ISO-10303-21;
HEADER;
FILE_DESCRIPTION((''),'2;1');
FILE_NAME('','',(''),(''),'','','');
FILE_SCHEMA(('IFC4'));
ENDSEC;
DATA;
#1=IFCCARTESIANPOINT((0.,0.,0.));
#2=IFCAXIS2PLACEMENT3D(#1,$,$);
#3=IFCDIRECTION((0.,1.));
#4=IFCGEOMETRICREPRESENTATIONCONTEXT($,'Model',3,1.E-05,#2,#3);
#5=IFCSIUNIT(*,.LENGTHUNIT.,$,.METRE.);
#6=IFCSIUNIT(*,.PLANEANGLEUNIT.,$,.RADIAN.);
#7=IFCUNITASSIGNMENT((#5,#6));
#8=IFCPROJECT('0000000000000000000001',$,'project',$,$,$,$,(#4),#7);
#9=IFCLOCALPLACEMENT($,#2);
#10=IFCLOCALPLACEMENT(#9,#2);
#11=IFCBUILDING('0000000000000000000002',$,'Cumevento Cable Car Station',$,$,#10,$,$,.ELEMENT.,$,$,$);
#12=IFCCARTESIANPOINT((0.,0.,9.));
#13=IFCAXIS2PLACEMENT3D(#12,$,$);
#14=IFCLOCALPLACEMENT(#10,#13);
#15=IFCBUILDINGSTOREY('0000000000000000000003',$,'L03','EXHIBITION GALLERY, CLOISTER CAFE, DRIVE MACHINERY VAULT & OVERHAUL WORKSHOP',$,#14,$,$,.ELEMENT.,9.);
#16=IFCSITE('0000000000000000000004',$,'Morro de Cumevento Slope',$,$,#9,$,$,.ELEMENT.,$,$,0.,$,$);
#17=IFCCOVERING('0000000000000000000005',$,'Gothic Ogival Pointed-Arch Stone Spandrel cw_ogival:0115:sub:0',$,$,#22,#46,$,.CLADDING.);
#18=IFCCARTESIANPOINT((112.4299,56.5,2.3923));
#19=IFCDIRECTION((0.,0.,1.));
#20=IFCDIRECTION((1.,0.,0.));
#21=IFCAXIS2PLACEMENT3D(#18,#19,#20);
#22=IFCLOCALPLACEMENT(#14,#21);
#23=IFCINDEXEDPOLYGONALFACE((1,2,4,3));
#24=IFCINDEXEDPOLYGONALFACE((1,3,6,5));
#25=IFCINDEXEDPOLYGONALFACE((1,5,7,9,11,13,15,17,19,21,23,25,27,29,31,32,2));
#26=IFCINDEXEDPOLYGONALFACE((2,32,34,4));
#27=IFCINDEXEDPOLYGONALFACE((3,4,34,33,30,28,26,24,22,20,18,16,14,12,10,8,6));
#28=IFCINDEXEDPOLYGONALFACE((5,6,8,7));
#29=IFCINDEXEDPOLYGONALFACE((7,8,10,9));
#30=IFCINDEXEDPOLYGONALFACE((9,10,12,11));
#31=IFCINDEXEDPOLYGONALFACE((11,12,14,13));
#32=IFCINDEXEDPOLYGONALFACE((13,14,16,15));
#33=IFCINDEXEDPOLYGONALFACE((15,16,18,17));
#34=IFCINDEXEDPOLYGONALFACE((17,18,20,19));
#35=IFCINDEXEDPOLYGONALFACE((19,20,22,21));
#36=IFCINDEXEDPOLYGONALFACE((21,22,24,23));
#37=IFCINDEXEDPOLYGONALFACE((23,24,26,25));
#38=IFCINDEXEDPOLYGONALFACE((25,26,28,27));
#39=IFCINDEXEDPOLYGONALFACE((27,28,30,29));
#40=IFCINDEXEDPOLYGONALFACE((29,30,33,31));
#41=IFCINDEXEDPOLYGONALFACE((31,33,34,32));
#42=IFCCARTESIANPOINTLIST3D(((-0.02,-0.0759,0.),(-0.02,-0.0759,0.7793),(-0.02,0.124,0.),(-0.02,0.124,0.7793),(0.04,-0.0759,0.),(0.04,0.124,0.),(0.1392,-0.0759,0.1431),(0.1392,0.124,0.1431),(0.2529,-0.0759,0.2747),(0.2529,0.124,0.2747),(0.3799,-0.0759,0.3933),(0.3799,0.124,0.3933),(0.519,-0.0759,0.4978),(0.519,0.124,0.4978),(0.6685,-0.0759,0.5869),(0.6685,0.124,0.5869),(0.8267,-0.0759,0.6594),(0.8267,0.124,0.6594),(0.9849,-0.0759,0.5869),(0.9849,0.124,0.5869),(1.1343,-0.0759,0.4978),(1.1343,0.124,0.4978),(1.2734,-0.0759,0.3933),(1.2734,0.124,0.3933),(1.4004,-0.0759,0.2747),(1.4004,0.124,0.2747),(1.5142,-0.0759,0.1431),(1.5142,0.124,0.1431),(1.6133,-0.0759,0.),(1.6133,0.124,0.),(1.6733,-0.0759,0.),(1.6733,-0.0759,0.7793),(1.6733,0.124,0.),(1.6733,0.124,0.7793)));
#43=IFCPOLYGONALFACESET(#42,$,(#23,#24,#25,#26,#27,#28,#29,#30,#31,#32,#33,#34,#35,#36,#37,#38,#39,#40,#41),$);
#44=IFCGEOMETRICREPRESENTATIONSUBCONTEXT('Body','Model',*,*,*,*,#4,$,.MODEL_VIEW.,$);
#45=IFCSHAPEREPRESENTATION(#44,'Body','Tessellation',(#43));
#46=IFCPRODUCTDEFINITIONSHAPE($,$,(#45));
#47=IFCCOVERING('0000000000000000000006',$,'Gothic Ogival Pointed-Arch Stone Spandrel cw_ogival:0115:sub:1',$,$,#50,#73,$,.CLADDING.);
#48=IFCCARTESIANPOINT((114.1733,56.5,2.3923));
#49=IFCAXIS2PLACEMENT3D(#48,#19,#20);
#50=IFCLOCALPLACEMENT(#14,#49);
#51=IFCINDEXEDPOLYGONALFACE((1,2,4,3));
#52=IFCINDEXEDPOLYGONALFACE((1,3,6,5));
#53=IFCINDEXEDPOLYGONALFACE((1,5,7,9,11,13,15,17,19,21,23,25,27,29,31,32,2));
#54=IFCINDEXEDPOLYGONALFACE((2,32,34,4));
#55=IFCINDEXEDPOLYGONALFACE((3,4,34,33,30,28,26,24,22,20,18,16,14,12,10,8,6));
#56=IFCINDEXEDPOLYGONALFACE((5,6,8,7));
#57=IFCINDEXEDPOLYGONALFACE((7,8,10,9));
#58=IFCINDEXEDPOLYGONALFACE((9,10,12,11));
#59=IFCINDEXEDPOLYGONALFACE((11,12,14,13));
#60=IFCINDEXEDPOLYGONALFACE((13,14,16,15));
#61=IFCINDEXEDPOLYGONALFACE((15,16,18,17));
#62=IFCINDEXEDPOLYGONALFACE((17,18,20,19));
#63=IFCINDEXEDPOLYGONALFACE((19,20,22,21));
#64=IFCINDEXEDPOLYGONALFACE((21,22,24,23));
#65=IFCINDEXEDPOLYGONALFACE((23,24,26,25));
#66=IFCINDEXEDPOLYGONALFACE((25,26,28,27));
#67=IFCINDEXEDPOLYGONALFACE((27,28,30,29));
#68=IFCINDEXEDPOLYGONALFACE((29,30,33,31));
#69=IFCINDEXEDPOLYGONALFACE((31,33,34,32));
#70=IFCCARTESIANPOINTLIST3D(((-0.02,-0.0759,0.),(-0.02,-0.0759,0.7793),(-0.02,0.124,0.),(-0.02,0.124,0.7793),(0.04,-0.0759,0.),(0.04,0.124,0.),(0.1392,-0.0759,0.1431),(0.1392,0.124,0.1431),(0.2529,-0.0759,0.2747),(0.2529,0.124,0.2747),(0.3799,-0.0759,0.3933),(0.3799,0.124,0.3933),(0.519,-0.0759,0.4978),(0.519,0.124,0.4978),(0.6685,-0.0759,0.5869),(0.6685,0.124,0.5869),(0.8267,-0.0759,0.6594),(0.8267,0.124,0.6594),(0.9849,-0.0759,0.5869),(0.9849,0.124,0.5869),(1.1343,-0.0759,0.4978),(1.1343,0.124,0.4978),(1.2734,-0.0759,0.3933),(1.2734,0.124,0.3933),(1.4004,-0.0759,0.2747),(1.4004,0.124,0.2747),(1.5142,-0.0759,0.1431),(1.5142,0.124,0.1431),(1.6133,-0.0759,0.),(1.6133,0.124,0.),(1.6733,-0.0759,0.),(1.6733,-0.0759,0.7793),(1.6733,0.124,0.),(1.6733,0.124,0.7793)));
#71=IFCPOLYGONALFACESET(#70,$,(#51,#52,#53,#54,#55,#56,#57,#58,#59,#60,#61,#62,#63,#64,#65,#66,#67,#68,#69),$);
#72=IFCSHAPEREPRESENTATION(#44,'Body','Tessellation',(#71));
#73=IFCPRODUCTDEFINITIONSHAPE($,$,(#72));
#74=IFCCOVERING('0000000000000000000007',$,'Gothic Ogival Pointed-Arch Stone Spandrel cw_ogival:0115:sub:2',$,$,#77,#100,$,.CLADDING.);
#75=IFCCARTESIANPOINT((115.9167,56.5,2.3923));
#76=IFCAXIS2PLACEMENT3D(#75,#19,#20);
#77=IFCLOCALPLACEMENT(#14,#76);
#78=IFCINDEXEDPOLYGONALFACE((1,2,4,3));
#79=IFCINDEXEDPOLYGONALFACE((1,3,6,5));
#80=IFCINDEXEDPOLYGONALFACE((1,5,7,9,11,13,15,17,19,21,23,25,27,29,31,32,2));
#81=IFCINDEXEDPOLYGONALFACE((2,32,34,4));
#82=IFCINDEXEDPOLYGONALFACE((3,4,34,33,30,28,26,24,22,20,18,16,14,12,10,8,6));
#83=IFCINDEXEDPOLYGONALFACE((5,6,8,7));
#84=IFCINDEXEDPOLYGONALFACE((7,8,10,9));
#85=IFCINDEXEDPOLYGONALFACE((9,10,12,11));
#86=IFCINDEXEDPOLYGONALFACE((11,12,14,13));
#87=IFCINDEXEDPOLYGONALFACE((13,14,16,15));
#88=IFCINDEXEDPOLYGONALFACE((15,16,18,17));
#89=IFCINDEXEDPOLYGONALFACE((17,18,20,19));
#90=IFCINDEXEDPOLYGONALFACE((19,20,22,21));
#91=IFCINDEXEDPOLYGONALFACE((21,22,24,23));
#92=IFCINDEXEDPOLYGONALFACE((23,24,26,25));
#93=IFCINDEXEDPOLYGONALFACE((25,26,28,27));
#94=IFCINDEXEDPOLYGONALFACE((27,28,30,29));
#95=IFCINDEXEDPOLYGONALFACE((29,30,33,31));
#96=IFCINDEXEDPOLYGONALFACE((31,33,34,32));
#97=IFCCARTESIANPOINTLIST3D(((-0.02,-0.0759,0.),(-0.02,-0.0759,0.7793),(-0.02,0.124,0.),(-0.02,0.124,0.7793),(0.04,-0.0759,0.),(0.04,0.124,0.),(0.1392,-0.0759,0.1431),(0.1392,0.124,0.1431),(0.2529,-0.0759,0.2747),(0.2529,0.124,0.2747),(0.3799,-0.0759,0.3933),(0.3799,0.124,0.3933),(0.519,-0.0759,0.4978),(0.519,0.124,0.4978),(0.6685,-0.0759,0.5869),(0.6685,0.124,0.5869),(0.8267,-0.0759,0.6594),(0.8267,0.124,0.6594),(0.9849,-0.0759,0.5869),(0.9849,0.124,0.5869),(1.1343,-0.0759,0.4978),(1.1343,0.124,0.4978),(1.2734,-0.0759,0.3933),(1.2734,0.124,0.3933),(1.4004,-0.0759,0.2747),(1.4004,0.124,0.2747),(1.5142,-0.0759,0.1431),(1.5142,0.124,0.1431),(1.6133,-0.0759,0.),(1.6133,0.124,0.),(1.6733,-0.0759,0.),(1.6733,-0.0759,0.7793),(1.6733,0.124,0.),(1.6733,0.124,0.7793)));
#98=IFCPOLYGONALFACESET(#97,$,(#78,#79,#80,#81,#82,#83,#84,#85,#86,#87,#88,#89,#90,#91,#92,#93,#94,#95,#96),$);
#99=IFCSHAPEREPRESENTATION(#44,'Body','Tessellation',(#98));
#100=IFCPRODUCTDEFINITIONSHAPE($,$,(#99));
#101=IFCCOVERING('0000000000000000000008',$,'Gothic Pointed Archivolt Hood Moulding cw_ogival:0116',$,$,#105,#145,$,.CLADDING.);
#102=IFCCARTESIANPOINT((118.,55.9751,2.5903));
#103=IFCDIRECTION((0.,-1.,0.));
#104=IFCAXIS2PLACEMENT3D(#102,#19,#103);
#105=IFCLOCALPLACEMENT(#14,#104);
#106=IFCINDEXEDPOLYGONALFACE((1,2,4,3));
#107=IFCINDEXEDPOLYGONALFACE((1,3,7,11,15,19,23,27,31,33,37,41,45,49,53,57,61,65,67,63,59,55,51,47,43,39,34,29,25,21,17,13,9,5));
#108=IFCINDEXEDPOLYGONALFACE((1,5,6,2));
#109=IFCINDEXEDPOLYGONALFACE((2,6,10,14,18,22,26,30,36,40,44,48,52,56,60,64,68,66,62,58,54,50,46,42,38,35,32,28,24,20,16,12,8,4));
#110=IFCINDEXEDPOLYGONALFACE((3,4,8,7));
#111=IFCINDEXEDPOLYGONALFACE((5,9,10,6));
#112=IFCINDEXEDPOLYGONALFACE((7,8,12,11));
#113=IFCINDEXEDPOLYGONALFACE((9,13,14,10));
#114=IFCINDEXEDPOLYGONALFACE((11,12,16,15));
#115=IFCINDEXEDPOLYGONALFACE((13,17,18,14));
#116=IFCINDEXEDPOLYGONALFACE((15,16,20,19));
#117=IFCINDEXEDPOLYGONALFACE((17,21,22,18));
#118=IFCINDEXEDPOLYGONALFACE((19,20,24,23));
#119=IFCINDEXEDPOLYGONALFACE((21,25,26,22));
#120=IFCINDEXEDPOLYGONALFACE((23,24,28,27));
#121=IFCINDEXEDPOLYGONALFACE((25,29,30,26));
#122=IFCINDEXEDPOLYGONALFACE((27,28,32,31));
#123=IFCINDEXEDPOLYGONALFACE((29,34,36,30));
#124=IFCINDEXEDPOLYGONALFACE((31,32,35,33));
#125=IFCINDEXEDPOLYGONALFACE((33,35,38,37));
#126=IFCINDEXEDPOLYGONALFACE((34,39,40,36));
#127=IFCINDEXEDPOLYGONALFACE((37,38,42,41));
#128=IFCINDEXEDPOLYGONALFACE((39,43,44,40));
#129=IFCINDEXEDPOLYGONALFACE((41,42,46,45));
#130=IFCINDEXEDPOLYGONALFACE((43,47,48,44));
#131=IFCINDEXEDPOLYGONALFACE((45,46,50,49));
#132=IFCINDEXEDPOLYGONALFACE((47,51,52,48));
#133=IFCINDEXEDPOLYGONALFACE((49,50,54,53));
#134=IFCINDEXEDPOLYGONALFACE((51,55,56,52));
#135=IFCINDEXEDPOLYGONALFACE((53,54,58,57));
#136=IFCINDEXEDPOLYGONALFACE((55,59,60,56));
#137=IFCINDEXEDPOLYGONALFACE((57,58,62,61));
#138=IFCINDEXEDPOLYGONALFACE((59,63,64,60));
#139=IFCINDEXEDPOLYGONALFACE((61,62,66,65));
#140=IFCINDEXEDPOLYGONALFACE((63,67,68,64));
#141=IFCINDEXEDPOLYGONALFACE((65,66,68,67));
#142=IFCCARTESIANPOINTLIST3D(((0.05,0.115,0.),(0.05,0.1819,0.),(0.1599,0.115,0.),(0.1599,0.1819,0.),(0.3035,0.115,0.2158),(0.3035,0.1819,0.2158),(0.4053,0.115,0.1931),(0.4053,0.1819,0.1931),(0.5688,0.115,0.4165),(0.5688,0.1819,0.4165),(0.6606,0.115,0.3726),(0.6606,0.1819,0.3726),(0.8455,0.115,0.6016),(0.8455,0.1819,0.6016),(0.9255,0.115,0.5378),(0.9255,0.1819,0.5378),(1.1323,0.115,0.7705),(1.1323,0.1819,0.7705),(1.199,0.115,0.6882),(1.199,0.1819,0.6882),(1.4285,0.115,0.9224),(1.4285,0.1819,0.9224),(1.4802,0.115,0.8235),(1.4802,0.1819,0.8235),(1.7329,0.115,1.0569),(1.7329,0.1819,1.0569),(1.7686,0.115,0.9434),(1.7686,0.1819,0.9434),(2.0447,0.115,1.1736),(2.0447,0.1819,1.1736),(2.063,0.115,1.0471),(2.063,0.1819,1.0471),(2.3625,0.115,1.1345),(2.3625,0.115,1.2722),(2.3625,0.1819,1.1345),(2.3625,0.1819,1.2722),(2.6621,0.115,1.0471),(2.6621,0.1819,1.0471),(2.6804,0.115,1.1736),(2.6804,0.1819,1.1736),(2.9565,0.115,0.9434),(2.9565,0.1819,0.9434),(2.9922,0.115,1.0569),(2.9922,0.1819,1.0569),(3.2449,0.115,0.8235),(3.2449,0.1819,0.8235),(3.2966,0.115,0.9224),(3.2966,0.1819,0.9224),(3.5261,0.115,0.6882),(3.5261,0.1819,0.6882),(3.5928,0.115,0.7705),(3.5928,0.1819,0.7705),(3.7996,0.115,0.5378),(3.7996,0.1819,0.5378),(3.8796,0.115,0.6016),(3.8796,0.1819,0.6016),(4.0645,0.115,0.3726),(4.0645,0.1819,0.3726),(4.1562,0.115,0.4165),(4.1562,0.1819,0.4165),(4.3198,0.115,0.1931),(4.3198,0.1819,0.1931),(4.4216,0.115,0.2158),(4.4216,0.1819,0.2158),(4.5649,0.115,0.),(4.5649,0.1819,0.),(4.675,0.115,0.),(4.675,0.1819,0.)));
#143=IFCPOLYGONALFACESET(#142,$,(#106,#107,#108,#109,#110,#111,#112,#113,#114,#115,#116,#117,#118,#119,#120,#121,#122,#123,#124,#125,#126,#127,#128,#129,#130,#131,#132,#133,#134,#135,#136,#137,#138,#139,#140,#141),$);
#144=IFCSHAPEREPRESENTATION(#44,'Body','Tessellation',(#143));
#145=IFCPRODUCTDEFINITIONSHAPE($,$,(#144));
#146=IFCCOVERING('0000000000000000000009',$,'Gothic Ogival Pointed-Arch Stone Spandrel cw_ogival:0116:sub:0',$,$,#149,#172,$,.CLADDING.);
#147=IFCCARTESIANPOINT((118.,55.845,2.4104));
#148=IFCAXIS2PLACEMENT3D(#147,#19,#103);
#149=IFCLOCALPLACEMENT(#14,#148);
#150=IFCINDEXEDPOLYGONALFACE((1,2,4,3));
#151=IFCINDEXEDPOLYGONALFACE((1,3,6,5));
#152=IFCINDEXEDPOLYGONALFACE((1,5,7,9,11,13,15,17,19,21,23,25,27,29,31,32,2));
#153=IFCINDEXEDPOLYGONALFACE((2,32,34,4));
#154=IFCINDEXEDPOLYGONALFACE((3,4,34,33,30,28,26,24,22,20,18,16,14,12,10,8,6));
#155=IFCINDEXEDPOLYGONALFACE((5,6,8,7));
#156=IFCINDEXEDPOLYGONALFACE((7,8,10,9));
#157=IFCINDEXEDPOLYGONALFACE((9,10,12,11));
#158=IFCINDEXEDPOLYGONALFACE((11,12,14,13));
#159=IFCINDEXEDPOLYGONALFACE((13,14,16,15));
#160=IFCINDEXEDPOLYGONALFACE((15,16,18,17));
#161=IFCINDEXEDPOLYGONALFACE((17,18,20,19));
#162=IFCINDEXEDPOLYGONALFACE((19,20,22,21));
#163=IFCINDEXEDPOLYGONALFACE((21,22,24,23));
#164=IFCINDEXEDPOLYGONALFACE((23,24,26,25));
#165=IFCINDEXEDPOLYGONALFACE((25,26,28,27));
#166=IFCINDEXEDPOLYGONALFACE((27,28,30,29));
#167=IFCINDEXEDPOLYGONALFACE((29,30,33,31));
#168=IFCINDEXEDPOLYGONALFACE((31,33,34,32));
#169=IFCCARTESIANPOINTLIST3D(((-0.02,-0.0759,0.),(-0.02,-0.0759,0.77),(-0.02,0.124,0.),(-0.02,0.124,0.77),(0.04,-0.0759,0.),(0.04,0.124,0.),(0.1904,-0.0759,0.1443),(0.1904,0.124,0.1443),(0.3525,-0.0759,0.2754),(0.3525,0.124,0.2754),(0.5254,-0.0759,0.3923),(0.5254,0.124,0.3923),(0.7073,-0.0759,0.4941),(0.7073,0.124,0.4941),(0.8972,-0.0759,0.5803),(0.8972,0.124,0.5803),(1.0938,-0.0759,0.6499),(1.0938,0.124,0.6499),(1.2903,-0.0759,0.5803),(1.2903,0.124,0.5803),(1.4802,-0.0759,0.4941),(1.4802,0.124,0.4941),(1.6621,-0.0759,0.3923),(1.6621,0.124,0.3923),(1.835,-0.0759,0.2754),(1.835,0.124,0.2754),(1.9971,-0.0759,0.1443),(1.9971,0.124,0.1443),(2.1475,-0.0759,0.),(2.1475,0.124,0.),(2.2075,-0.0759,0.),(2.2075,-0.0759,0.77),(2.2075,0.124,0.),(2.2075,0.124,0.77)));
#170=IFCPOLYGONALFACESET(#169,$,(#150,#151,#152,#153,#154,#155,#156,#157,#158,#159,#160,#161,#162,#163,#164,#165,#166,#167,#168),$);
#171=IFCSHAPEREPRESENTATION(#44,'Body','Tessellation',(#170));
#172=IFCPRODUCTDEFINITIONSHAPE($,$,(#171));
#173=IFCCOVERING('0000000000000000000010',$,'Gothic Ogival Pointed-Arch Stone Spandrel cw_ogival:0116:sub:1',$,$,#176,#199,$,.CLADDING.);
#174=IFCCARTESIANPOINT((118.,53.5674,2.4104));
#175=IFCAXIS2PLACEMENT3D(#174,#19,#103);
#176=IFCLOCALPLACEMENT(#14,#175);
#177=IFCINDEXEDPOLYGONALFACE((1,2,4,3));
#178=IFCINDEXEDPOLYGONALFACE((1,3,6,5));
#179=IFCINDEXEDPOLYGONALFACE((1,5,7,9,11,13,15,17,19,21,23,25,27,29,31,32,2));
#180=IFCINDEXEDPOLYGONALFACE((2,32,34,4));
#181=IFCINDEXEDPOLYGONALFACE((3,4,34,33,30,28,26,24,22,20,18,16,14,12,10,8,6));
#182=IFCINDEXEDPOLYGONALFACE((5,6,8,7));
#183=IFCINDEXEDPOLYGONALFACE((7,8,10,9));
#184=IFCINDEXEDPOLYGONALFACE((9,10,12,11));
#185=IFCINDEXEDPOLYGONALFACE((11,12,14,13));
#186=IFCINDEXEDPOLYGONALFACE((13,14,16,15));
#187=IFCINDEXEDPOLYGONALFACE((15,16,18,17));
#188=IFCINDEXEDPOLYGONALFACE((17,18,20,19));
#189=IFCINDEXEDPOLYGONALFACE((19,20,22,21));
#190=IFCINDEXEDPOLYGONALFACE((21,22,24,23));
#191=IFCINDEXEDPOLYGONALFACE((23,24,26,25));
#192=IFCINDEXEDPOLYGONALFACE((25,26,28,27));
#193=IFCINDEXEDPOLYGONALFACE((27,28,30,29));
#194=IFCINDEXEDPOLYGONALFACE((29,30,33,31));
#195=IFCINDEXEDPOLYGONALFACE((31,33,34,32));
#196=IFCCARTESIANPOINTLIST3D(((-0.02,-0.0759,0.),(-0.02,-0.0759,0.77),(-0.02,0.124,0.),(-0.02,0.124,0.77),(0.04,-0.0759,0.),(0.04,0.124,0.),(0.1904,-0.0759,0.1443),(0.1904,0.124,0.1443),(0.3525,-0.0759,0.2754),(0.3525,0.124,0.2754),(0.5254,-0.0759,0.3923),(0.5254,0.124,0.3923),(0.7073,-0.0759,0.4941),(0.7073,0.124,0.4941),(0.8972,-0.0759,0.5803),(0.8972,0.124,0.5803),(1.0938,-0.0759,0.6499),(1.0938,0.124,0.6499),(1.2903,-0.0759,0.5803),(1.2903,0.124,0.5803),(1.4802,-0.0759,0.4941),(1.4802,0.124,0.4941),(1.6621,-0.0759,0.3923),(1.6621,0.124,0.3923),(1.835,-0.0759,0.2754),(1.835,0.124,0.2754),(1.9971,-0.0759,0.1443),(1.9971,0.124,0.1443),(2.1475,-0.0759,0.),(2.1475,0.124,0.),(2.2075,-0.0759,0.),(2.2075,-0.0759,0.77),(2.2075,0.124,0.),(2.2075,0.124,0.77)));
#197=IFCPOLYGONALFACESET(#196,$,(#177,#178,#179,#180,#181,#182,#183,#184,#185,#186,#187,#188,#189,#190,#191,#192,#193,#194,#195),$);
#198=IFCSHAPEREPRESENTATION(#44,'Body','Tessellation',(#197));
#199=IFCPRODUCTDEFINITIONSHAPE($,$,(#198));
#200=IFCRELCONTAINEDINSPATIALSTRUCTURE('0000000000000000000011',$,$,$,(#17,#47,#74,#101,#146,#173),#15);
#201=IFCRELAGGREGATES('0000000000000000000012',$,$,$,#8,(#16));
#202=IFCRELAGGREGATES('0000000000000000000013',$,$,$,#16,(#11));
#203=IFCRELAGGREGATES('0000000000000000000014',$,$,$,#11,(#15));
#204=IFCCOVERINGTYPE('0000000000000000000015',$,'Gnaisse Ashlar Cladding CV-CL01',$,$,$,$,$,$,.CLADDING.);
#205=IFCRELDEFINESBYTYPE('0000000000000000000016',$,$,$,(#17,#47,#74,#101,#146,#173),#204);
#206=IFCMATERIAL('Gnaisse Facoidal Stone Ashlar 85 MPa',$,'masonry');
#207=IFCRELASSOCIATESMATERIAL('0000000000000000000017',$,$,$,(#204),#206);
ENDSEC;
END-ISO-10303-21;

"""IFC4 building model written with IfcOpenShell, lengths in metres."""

from ifc_helpers import new_model, si_unit, direction, frame, origin, place, context, subcontext, project, spatial, polyline, outline, extrude, material, type_object, element, save


model = new_model("IFC4")

# Units and contexts
model_context = context("Model", 3, precision=1e-05, world=origin(), true_north=direction((0.0, 1.0)))
body_context = subcontext(model_context, "Body", "Model", "MODEL_VIEW")
ifc_project = project(units=[si_unit("LENGTHUNIT", "METRE"), si_unit("PLANEANGLEUNIT", "RADIAN")], contexts=[model_context])

# Site, building, storey
site_placement = place(None, origin())
site = spatial("IfcSite", under=ifc_project, at=site_placement, Name="Morro de Cumevento Slope", CompositionType="ELEMENT", RefElevation=0.0)
building_placement = place(site_placement, origin())
building = spatial("IfcBuilding", under=site, at=building_placement, Name="Cumevento Cable Car Station", CompositionType="ELEMENT")
storey_placement = place(building_placement, frame((0.0, 0.0, 9.0)))
storey = spatial("IfcBuildingStorey", under=building, at=storey_placement, Name="L03", Description="EXHIBITION GALLERY, CLOISTER CAFE, DRIVE MACHINERY VAULT & OVERHAUL WORKSHOP", CompositionType="ELEMENT", Elevation=9.0)

# Coverings
ifc_material_1 = material(Name="Gnaisse Facoidal Stone Ashlar 85 MPa", Category="masonry")
covering_type = type_object("IfcCoveringType", Name="Gnaisse Ashlar Cladding CV-CL01", PredefinedType="CLADDING", material=ifc_material_1)
for number, where, z_axis, x_axis, name in (
    (1, (112.4299, 56.5, 2.3923), (0.0, 0.0, 1.0), (1.0, 0.0, 0.0), "Gothic Ogival Pointed-Arch Stone Spandrel cw_ogival:0115:sub:0"),
    (2, (114.1733, 56.5, 2.3923), (0.0, 0.0, 1.0), (1.0, 0.0, 0.0), "Gothic Ogival Pointed-Arch Stone Spandrel cw_ogival:0115:sub:1"),
    (3, (115.9167, 56.5, 2.3923), (0.0, 0.0, 1.0), (1.0, 0.0, 0.0), "Gothic Ogival Pointed-Arch Stone Spandrel cw_ogival:0115:sub:2"),
):
    element("IfcCovering", number, at=place(storey_placement, frame(where, z_axis=z_axis, x_axis=x_axis)), inside=storey, type_object=covering_type, Name=name, PredefinedType="CLADDING", context=body_context, shape_type="SweptSolid", body=[
        extrude(outline(polyline([(-0.02, 0.0), (-0.02, 0.7793), (1.6733, 0.7793), (1.6733, 0.0), (1.6133, 0.0), (1.5142, 0.1431), (1.4004, 0.2747), (1.2734, 0.3933), (1.1343, 0.4978), (0.9849, 0.5869), (0.8267, 0.6594), (0.6685, 0.5869), (0.519, 0.4978), (0.3799, 0.3933), (0.2529, 0.2747), (0.1392, 0.1431), (0.04, 0.0), (-0.02, 0.0)])), frame((0.0, 0.124, 0.0), z_axis=(0.0, -1.0, 0.0), x_axis=(1.0, 0.0, 0.0)), (0.0, 0.0, 1.0), 0.2),
    ])
covering_1_placement = place(storey_placement, frame((118.0, 55.9751, 2.5903), z_axis=(0.0, 0.0, 1.0), x_axis=(0.0, -1.0, 0.0)))
element("IfcCovering", 4, at=covering_1_placement, inside=storey, type_object=covering_type, Name="Gothic Pointed Archivolt Hood Moulding cw_ogival:0116", PredefinedType="CLADDING", context=body_context, shape_type="SweptSolid", body=[
    extrude(outline(polyline([(0.1599, 0.0), (0.4053, 0.1931), (0.6606, 0.3726), (0.9255, 0.5378), (1.199, 0.6882), (1.4802, 0.8235), (1.7686, 0.9434), (2.063, 1.0471), (2.3625, 1.1345), (2.6621, 1.0471), (2.9565, 0.9434), (3.2449, 0.8235), (3.5261, 0.6882), (3.7996, 0.5378), (4.0645, 0.3726), (4.3198, 0.1931), (4.5649, 0.0), (4.675, 0.0), (4.4216, 0.2158), (4.1562, 0.4165), (3.8796, 0.6016), (3.5928, 0.7705), (3.2966, 0.9224), (2.9922, 1.0569), (2.6804, 1.1736), (2.3625, 1.2722), (2.0447, 1.1736), (1.7329, 1.0569), (1.4285, 0.9224), (1.1323, 0.7705), (0.8455, 0.6016), (0.5688, 0.4165), (0.3035, 0.2158), (0.05, 0.0), (0.1599, 0.0)])), frame((0.0, 0.1819, 0.0), z_axis=(0.0, -1.0, 0.0), x_axis=(1.0, 0.0, 0.0)), (0.0, 0.0, 1.0), 0.0669),
])
for number, where, z_axis, x_axis, name in (
    (5, (118.0, 55.845, 2.4104), (0.0, 0.0, 1.0), (0.0, -1.0, 0.0), "Gothic Ogival Pointed-Arch Stone Spandrel cw_ogival:0116:sub:0"),
    (6, (118.0, 53.5674, 2.4104), (0.0, 0.0, 1.0), (0.0, -1.0, 0.0), "Gothic Ogival Pointed-Arch Stone Spandrel cw_ogival:0116:sub:1"),
):
    element("IfcCovering", number, at=place(storey_placement, frame(where, z_axis=z_axis, x_axis=x_axis)), inside=storey, type_object=covering_type, Name=name, PredefinedType="CLADDING", context=body_context, shape_type="SweptSolid", body=[
        extrude(outline(polyline([(-0.02, 0.0), (-0.02, 0.77), (2.2075, 0.77), (2.2075, 0.0), (2.1475, 0.0), (1.9971, 0.1443), (1.835, 0.2754), (1.6621, 0.3923), (1.4802, 0.4941), (1.2903, 0.5803), (1.0938, 0.6499), (0.8972, 0.5803), (0.7073, 0.4941), (0.5254, 0.3923), (0.3525, 0.2754), (0.1904, 0.1443), (0.04, 0.0), (-0.02, 0.0)])), frame((0.0, 0.124, 0.0), z_axis=(0.0, -1.0, 0.0), x_axis=(1.0, 0.0, 0.0)), (0.0, 0.0, 1.0), 0.2),
    ])

save(model, "model.ifc")
